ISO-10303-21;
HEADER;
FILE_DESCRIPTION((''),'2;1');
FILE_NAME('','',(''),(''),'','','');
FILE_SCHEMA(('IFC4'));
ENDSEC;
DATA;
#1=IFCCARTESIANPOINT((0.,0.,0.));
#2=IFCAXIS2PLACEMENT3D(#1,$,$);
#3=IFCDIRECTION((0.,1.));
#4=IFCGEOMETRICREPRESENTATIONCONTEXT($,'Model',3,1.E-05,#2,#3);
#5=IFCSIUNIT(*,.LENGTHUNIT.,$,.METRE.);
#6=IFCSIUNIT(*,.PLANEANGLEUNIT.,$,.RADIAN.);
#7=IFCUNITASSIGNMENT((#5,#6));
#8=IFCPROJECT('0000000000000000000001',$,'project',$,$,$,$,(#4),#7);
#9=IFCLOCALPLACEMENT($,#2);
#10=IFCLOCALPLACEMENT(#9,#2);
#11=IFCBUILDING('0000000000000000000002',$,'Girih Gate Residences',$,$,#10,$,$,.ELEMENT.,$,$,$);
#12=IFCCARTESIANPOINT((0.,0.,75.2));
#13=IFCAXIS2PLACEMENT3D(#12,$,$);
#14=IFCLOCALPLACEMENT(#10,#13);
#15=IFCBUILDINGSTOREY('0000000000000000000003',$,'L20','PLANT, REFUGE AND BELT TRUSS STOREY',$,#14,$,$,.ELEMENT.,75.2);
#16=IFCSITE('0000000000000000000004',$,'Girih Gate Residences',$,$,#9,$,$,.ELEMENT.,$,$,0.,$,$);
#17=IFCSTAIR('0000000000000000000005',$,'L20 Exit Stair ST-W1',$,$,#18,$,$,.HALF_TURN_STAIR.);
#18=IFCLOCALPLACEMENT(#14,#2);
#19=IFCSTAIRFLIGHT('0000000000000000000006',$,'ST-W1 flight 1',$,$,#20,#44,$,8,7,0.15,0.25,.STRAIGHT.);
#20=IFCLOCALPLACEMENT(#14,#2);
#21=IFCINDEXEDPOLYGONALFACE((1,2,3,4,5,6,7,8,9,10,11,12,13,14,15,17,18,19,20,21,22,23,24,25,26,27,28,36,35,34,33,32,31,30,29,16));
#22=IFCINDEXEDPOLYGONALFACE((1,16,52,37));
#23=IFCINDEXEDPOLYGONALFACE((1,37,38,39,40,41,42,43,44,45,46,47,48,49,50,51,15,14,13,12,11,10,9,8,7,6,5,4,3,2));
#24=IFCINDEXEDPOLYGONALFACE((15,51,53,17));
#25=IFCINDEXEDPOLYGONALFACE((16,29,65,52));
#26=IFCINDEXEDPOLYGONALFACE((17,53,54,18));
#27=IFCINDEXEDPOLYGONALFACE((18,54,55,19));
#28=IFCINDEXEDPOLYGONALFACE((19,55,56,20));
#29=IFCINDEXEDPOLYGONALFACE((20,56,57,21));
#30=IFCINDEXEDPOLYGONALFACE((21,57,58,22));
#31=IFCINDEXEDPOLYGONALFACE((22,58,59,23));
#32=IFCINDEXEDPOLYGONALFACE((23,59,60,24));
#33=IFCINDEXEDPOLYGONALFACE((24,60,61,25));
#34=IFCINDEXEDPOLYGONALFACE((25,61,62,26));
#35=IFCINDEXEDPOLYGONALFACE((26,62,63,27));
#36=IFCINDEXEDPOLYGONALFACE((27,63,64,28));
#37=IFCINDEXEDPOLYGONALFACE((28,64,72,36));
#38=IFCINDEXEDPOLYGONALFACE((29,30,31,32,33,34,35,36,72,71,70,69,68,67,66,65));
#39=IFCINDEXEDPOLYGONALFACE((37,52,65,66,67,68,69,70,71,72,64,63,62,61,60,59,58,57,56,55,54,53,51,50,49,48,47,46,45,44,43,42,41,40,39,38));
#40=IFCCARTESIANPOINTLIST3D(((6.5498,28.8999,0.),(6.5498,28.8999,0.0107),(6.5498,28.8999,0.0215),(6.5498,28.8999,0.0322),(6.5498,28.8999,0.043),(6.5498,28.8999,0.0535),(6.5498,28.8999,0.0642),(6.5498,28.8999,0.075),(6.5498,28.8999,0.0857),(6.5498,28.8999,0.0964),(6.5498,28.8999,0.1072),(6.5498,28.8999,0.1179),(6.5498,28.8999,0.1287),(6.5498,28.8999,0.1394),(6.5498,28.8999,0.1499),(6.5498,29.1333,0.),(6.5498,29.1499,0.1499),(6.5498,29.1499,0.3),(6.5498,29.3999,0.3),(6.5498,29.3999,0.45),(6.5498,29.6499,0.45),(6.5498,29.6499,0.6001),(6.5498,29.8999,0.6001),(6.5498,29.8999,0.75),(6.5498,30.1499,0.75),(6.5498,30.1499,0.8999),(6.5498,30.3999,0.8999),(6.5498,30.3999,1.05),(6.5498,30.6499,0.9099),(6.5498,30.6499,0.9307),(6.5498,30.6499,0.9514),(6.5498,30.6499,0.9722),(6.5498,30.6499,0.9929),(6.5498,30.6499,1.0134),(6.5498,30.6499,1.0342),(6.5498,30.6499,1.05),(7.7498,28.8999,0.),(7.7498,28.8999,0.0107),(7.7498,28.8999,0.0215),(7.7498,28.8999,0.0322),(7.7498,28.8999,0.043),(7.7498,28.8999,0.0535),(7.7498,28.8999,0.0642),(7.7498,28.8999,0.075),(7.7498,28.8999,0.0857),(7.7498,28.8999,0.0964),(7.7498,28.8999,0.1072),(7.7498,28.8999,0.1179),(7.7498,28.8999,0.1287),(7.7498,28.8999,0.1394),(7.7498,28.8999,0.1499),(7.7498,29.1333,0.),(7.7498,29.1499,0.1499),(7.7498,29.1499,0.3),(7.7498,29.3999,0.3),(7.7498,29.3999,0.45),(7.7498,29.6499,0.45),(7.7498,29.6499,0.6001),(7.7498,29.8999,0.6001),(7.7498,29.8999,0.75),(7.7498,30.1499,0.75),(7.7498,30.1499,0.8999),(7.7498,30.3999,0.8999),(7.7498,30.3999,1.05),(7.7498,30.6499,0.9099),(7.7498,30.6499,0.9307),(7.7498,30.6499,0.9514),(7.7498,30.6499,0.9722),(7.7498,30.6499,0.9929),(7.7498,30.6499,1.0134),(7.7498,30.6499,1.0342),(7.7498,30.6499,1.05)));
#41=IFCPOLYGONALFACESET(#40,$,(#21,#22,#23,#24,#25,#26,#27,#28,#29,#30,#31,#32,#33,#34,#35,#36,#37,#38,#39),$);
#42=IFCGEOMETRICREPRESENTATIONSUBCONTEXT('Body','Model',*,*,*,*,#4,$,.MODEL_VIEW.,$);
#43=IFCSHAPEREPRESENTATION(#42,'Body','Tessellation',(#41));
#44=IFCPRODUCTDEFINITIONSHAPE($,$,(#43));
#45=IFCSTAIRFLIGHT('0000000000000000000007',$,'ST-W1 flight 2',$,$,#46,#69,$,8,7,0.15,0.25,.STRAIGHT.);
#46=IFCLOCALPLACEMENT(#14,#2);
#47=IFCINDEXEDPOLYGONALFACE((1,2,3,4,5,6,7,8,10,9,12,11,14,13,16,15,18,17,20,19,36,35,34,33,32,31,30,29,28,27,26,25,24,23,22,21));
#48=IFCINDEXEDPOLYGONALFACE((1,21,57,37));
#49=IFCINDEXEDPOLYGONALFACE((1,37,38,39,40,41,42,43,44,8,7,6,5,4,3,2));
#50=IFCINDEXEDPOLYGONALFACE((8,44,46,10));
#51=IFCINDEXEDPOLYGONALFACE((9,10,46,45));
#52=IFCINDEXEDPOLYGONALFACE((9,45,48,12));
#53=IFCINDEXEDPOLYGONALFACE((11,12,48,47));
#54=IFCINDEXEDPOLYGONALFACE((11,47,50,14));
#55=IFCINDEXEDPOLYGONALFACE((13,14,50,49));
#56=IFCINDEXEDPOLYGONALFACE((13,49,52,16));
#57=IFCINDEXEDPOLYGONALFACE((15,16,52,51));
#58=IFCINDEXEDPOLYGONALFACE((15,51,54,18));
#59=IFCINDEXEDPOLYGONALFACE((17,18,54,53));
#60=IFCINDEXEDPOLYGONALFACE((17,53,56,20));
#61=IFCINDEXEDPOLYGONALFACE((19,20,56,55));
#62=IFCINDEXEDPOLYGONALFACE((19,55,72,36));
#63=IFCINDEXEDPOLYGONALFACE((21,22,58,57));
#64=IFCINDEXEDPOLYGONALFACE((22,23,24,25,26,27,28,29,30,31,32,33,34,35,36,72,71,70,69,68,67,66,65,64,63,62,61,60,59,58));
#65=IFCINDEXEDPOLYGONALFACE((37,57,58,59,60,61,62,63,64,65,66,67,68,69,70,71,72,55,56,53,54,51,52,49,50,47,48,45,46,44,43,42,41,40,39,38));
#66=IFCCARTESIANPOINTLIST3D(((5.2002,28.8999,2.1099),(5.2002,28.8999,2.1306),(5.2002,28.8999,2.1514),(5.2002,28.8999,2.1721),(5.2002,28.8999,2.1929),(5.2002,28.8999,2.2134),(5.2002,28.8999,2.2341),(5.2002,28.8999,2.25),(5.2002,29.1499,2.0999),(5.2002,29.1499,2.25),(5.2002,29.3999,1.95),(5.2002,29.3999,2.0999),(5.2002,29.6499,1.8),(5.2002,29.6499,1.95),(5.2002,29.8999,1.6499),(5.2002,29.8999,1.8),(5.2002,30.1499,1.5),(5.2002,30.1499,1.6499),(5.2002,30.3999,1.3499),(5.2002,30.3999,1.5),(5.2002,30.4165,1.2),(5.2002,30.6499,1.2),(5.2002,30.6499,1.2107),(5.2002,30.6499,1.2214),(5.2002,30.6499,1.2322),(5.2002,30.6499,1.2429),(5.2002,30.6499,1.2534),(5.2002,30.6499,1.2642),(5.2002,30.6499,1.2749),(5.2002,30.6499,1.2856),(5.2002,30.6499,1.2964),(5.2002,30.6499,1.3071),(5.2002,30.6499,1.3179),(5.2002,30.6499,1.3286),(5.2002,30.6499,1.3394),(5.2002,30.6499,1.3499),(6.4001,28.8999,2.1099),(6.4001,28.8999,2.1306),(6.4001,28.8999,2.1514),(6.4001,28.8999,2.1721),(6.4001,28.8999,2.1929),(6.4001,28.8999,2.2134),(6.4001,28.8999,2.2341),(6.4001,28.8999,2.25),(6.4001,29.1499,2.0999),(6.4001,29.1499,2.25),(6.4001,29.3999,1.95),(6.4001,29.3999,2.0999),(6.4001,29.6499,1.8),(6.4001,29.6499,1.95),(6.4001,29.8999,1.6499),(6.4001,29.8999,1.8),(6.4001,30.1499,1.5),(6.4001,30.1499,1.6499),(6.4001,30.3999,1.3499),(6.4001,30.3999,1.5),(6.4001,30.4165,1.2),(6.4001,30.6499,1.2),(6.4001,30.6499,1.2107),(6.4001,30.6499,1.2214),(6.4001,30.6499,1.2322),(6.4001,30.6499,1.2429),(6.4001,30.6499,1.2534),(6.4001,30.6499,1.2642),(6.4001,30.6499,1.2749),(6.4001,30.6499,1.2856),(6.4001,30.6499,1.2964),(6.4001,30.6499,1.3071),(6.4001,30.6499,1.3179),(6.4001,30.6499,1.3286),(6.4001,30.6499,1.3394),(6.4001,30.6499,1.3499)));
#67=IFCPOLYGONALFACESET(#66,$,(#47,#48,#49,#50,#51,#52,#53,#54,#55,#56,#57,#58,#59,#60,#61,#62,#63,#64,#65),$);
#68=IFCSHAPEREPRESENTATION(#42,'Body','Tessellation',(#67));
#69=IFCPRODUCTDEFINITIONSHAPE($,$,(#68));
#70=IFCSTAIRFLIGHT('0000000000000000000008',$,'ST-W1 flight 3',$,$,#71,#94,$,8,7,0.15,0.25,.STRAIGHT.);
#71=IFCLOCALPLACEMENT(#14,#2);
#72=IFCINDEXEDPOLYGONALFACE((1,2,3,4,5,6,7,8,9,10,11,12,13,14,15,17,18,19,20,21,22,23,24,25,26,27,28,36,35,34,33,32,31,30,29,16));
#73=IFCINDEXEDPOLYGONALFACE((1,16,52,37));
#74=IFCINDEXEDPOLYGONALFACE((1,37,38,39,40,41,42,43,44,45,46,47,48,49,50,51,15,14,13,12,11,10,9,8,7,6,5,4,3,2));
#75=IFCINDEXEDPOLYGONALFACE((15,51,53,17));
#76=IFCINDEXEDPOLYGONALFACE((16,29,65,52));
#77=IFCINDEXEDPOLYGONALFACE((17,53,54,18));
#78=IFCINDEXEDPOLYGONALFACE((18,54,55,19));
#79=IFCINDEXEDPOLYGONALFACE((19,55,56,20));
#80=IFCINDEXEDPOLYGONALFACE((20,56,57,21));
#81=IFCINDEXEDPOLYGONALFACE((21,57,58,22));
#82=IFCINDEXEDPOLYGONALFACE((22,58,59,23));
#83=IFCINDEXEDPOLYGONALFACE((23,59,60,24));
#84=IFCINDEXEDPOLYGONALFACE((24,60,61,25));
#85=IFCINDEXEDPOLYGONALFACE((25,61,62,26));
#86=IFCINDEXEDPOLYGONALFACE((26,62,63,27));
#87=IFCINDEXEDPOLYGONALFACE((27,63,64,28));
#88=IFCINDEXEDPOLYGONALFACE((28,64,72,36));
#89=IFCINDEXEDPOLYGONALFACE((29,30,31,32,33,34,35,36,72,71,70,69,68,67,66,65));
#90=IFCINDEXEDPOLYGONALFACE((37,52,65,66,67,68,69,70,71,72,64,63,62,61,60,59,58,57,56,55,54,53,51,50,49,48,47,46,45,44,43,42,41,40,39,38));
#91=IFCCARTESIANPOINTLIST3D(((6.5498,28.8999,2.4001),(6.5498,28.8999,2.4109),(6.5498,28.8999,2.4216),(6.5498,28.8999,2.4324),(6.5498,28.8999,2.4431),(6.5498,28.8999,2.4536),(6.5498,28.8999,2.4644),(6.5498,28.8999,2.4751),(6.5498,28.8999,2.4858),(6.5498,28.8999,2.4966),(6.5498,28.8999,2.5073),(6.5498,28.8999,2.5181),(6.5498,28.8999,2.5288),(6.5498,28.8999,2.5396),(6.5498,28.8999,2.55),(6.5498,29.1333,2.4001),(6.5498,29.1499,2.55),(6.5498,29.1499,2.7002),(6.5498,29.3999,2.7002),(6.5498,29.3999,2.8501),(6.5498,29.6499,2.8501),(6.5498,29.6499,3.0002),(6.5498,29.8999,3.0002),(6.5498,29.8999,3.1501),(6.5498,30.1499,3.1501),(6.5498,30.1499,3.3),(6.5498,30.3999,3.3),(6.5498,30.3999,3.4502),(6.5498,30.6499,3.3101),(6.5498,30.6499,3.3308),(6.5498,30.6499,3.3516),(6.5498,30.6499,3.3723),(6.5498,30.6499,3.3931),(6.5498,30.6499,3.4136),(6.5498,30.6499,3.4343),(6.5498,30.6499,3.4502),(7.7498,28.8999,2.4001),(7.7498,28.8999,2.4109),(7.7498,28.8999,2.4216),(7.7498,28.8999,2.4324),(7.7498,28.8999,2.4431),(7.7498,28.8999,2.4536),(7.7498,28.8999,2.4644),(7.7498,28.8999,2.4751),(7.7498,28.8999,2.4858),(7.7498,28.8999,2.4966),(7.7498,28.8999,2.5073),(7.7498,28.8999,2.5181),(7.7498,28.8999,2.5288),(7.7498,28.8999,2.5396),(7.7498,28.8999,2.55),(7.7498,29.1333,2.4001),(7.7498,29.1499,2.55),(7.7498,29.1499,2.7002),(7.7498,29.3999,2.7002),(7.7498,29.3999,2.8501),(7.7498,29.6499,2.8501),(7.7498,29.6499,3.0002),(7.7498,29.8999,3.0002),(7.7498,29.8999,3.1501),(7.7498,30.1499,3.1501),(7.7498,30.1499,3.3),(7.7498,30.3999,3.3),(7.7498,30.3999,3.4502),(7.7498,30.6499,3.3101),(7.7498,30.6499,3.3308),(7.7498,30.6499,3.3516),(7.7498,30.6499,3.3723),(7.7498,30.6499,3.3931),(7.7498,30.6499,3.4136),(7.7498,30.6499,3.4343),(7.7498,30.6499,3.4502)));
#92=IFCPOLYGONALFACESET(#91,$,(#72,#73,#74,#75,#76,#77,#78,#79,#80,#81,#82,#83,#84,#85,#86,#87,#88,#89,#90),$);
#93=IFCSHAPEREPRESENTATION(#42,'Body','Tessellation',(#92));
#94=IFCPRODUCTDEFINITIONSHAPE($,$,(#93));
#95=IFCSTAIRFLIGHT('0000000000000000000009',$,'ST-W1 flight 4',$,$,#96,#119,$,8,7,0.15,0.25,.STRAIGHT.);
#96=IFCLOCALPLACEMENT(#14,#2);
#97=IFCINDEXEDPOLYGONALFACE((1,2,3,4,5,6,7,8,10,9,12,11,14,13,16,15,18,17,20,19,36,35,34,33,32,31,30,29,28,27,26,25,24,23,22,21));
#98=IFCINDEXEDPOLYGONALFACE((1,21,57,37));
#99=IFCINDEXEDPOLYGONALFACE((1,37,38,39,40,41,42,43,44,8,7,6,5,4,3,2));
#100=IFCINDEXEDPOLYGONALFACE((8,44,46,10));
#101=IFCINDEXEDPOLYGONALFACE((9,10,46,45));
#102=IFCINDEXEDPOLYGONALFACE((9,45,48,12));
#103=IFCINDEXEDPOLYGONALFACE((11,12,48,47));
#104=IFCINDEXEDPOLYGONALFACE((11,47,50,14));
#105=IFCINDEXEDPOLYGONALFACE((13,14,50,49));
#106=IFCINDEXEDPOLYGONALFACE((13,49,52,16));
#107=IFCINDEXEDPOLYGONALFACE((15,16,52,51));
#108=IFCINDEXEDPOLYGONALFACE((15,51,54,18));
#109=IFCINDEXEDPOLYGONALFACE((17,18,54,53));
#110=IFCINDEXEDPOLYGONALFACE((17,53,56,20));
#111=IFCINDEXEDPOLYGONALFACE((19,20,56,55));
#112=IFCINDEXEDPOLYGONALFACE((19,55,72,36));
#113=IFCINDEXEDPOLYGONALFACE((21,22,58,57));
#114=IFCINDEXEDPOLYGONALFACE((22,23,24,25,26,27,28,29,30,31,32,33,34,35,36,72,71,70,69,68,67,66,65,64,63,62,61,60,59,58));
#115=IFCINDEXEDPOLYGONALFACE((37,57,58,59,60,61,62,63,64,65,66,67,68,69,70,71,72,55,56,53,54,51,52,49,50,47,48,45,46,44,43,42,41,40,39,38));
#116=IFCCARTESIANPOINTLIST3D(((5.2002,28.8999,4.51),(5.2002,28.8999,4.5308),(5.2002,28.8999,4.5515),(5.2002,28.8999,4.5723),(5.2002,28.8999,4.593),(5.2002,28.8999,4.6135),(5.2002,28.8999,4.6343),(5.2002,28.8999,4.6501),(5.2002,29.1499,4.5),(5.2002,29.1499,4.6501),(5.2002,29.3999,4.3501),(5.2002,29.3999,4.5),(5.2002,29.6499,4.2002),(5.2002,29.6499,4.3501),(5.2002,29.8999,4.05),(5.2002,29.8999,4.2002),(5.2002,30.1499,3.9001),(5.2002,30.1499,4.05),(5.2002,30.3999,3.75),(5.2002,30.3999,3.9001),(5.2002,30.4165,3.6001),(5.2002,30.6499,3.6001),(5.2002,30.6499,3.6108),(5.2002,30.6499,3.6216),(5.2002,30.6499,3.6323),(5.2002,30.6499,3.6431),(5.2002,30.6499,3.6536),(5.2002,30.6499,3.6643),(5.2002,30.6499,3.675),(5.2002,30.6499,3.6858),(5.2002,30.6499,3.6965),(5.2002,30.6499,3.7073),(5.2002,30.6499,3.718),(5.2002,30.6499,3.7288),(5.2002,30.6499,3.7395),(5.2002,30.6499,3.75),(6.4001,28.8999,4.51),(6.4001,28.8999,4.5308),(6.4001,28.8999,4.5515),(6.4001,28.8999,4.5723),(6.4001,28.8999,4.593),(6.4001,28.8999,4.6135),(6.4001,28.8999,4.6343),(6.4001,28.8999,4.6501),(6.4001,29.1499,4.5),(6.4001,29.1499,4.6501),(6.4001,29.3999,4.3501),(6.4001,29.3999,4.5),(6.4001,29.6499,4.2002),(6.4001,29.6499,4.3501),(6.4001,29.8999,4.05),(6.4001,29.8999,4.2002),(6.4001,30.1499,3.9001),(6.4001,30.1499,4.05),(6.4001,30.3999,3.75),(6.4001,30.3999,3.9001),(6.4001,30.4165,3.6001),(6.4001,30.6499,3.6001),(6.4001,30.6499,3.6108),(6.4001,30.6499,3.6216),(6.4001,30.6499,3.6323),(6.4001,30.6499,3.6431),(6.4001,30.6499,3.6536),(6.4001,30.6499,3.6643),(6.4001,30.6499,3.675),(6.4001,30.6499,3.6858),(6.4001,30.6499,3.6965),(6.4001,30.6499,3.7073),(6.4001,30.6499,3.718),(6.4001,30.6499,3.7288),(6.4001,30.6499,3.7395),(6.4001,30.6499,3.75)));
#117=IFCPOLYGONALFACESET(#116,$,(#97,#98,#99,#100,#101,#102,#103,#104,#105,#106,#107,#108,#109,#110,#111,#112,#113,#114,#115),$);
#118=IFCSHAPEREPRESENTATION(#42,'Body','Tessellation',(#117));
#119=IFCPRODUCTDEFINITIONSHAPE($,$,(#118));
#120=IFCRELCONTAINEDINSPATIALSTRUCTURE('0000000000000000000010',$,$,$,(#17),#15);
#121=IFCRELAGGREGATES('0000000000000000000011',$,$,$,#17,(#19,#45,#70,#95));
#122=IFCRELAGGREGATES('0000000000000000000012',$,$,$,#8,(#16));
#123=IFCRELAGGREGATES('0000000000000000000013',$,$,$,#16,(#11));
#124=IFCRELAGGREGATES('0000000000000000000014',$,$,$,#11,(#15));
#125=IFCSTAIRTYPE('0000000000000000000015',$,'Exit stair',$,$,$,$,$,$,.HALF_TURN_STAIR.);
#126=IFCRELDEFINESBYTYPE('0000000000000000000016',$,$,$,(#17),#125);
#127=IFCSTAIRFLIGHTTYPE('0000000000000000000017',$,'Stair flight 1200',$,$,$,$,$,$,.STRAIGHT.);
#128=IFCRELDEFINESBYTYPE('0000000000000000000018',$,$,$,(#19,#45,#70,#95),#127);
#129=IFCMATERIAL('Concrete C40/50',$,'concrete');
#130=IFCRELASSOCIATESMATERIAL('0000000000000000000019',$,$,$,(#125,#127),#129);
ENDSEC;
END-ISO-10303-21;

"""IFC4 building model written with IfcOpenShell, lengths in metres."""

from ifc_helpers import new_model, si_unit, direction, frame, origin, place, context, subcontext, project, spatial, polyline, outline, extrude, material, type_object, element, aggregate, save


model = new_model("IFC4")

# Units and contexts
model_context = context("Model", 3, precision=1e-05, world=origin(), true_north=direction((0.0, 1.0)))
body_context = subcontext(model_context, "Body", "Model", "MODEL_VIEW")
ifc_project = project(units=[si_unit("LENGTHUNIT", "METRE"), si_unit("PLANEANGLEUNIT", "RADIAN")], contexts=[model_context])

# Site, building, storey
site_placement = place(None, origin())
site = spatial("IfcSite", under=ifc_project, at=site_placement, Name="Girih Gate Residences", CompositionType="ELEMENT", RefElevation=0.0)
building_placement = place(site_placement, origin())
building = spatial("IfcBuilding", under=site, at=building_placement, Name="Girih Gate Residences", CompositionType="ELEMENT")
storey_placement = place(building_placement, frame((0.0, 0.0, 75.2)))
storey = spatial("IfcBuildingStorey", under=building, at=storey_placement, Name="L20", Description="PLANT, REFUGE AND BELT TRUSS STOREY", CompositionType="ELEMENT", Elevation=75.2)

# Stair, stair flights
ifc_material_1 = material(Name="Concrete C40/50", Category="concrete")
stair_type = type_object("IfcStairType", Name="Exit stair", PredefinedType="HALF_TURN_STAIR", material=ifc_material_1)
stair_placement = place(storey_placement, origin())
stair = element("IfcStair", 1, at=stair_placement, inside=storey, type_object=stair_type, Name="L20 Exit Stair ST-W1", PredefinedType="HALF_TURN_STAIR")
stair_flight_type = type_object("IfcStairFlightType", Name="Stair flight 1200", PredefinedType="STRAIGHT", material=ifc_material_1)
stair_flight_1_placement = place(storey_placement, frame((7.1499, 28.8999, 0.0), z_axis=(0.0, 0.0, 1.0), x_axis=(0.0, 1.0, 0.0)))
stair_flight_1 = element("IfcStairFlight", 2, at=stair_flight_1_placement, type_object=stair_flight_type, Name="ST-W1 flight 1", NumberOfRisers=8, NumberOfTreads=7, PredefinedType="STRAIGHT", RiserHeight=0.15, TreadLength=0.25, context=body_context, shape_type="SweptSolid", body=[
    extrude(outline(polyline([(0.0, 0.0), (0.0, 0.0107), (0.0, 0.0215), (0.0, 0.0322), (0.0, 0.043), (0.0, 0.0535), (0.0, 0.0642), (0.0, 0.075), (0.0, 0.0857), (0.0, 0.0964), (0.0, 0.1072), (0.0, 0.1179), (0.0, 0.1287), (0.0, 0.1394), (0.0, 0.1499), (0.25, 0.1499), (0.25, 0.3), (0.5, 0.3), (0.5, 0.45), (0.75, 0.45), (0.75, 0.6001), (1.0, 0.6001), (1.0, 0.75), (1.25, 0.75), (1.25, 0.8999), (1.5, 0.8999), (1.5, 1.05), (1.75, 1.05), (1.75, 1.0608), (1.75, 1.0715), (1.75, 1.082), (1.75, 1.0928), (1.75, 1.1035), (1.75, 1.1143), (1.75, 1.125), (1.75, 1.1357), (1.75, 1.1465), (1.75, 1.1572), (1.75, 1.168), (1.75, 1.1785), (1.75, 1.1892), (1.75, 1.2), (1.75, 1.1792), (1.75, 1.1584), (1.75, 1.1379), (1.75, 1.1172), (1.75, 1.0964), (1.75, 1.0757), (1.75, 1.0549), (1.75, 1.0342), (1.75, 1.0134), (1.75, 0.9929), (1.75, 0.9722), (1.75, 0.9514), (1.75, 0.9307), (1.75, 0.9099), (0.2334, 0.0), (0.0, 0.0)])), frame((0.0, 0.6001, 0.0), z_axis=(0.0, -1.0, 0.0), x_axis=(1.0, 0.0, 0.0)), (0.0, 0.0, 1.0), 1.2),
])
stair_flight_2_placement = place(storey_placement, frame((5.8, 30.6499, 1.2), z_axis=(0.0, 0.0, 1.0), x_axis=(0.0, -1.0, 0.0)))
stair_flight_2 = element("IfcStairFlight", 3, at=stair_flight_2_placement, type_object=stair_flight_type, Name="ST-W1 flight 2", NumberOfRisers=8, NumberOfTreads=7, PredefinedType="STRAIGHT", RiserHeight=0.15, TreadLength=0.25, context=body_context, shape_type="SweptSolid", body=[
    extrude(outline(polyline([(0.0, 0.0), (0.0, 0.0107), (0.0, 0.0215), (0.0, 0.0322), (0.0, 0.043), (0.0, 0.0535), (0.0, 0.0642), (0.0, 0.075), (0.0, 0.0857), (0.0, 0.0964), (0.0, 0.1072), (0.0, 0.1179), (0.0, 0.1287), (0.0, 0.1394), (0.0, 0.1499), (0.25, 0.1499), (0.25, 0.3), (0.5, 0.3), (0.5, 0.45), (0.75, 0.45), (0.75, 0.6001), (1.0, 0.6001), (1.0, 0.75), (1.25, 0.75), (1.25, 0.8999), (1.5, 0.8999), (1.5, 1.05), (1.75, 1.05), (1.75, 1.0608), (1.75, 1.0715), (1.75, 1.082), (1.75, 1.0928), (1.75, 1.1035), (1.75, 1.1143), (1.75, 1.125), (1.75, 1.1357), (1.75, 1.1465), (1.75, 1.1572), (1.75, 1.168), (1.75, 1.1785), (1.75, 1.1892), (1.75, 1.2), (1.75, 1.1792), (1.75, 1.1584), (1.75, 1.1379), (1.75, 1.1172), (1.75, 1.0964), (1.75, 1.0757), (1.75, 1.0549), (1.75, 1.0342), (1.75, 1.0134), (1.75, 0.9929), (1.75, 0.9722), (1.75, 0.9514), (1.75, 0.9307), (1.75, 0.9099), (0.2334, 0.0), (0.0, 0.0)])), frame((0.0, 0.6001, 0.0), z_axis=(0.0, -1.0, 0.0), x_axis=(1.0, 0.0, 0.0)), (0.0, 0.0, 1.0), 1.2),
])
stair_flight_3_placement = place(storey_placement, frame((7.1499, 28.8999, 2.4001), z_axis=(0.0, 0.0, 1.0), x_axis=(0.0, 1.0, 0.0)))
stair_flight_3 = element("IfcStairFlight", 4, at=stair_flight_3_placement, type_object=stair_flight_type, Name="ST-W1 flight 3", NumberOfRisers=8, NumberOfTreads=7, PredefinedType="STRAIGHT", RiserHeight=0.15, TreadLength=0.25, context=body_context, shape_type="SweptSolid", body=[
    extrude(outline(polyline([(0.0, 0.0), (0.0, 0.0107), (0.0, 0.0215), (0.0, 0.0322), (0.0, 0.043), (0.0, 0.0535), (0.0, 0.0642), (0.0, 0.075), (0.0, 0.0857), (0.0, 0.0964), (0.0, 0.1072), (0.0, 0.1179), (0.0, 0.1287), (0.0, 0.1394), (0.0, 0.1499), (0.25, 0.1499), (0.25, 0.3), (0.5, 0.3), (0.5, 0.45), (0.75, 0.45), (0.75, 0.6001), (1.0, 0.6001), (1.0, 0.75), (1.25, 0.75), (1.25, 0.8999), (1.5, 0.8999), (1.5, 1.05), (1.75, 1.05), (1.75, 1.0608), (1.75, 1.0715), (1.75, 1.082), (1.75, 1.0928), (1.75, 1.1035), (1.75, 1.1143), (1.75, 1.125), (1.75, 1.1357), (1.75, 1.1465), (1.75, 1.1572), (1.75, 1.168), (1.75, 1.1785), (1.75, 1.1892), (1.75, 1.2), (1.75, 1.1792), (1.75, 1.1584), (1.75, 1.1379), (1.75, 1.1172), (1.75, 1.0964), (1.75, 1.0757), (1.75, 1.0549), (1.75, 1.0342), (1.75, 1.0134), (1.75, 0.9929), (1.75, 0.9722), (1.75, 0.9514), (1.75, 0.9307), (1.75, 0.9099), (0.2334, 0.0), (0.0, 0.0)])), frame((0.0, 0.6001, 0.0), z_axis=(0.0, -1.0, 0.0), x_axis=(1.0, 0.0, 0.0)), (0.0, 0.0, 1.0), 1.2),
])
stair_flight_4_placement = place(storey_placement, frame((5.8, 30.6499, 3.6001), z_axis=(0.0, 0.0, 1.0), x_axis=(0.0, -1.0, 0.0)))
stair_flight_4 = element("IfcStairFlight", 5, at=stair_flight_4_placement, type_object=stair_flight_type, Name="ST-W1 flight 4", NumberOfRisers=8, NumberOfTreads=7, PredefinedType="STRAIGHT", RiserHeight=0.15, TreadLength=0.25, context=body_context, shape_type="SweptSolid", body=[
    extrude(outline(polyline([(0.0, 0.0), (0.0, 0.0107), (0.0, 0.0215), (0.0, 0.0322), (0.0, 0.043), (0.0, 0.0535), (0.0, 0.0642), (0.0, 0.075), (0.0, 0.0857), (0.0, 0.0964), (0.0, 0.1072), (0.0, 0.1179), (0.0, 0.1287), (0.0, 0.1394), (0.0, 0.1499), (0.25, 0.1499), (0.25, 0.3), (0.5, 0.3), (0.5, 0.45), (0.75, 0.45), (0.75, 0.6001), (1.0, 0.6001), (1.0, 0.75), (1.25, 0.75), (1.25, 0.8999), (1.5, 0.8999), (1.5, 1.05), (1.75, 1.05), (1.75, 1.0608), (1.75, 1.0715), (1.75, 1.082), (1.75, 1.0928), (1.75, 1.1035), (1.75, 1.1143), (1.75, 1.125), (1.75, 1.1357), (1.75, 1.1465), (1.75, 1.1572), (1.75, 1.168), (1.75, 1.1785), (1.75, 1.1892), (1.75, 1.2), (1.75, 1.1792), (1.75, 1.1584), (1.75, 1.1379), (1.75, 1.1172), (1.75, 1.0964), (1.75, 1.0757), (1.75, 1.0549), (1.75, 1.0342), (1.75, 1.0134), (1.75, 0.9929), (1.75, 0.9722), (1.75, 0.9514), (1.75, 0.9307), (1.75, 0.9099), (0.2334, 0.0), (0.0, 0.0)])), frame((0.0, 0.6001, 0.0), z_axis=(0.0, -1.0, 0.0), x_axis=(1.0, 0.0, 0.0)), (0.0, 0.0, 1.0), 1.2),
])
aggregate(stair, [stair_flight_1, stair_flight_2, stair_flight_3, stair_flight_4])

save(model, "model.ifc")
